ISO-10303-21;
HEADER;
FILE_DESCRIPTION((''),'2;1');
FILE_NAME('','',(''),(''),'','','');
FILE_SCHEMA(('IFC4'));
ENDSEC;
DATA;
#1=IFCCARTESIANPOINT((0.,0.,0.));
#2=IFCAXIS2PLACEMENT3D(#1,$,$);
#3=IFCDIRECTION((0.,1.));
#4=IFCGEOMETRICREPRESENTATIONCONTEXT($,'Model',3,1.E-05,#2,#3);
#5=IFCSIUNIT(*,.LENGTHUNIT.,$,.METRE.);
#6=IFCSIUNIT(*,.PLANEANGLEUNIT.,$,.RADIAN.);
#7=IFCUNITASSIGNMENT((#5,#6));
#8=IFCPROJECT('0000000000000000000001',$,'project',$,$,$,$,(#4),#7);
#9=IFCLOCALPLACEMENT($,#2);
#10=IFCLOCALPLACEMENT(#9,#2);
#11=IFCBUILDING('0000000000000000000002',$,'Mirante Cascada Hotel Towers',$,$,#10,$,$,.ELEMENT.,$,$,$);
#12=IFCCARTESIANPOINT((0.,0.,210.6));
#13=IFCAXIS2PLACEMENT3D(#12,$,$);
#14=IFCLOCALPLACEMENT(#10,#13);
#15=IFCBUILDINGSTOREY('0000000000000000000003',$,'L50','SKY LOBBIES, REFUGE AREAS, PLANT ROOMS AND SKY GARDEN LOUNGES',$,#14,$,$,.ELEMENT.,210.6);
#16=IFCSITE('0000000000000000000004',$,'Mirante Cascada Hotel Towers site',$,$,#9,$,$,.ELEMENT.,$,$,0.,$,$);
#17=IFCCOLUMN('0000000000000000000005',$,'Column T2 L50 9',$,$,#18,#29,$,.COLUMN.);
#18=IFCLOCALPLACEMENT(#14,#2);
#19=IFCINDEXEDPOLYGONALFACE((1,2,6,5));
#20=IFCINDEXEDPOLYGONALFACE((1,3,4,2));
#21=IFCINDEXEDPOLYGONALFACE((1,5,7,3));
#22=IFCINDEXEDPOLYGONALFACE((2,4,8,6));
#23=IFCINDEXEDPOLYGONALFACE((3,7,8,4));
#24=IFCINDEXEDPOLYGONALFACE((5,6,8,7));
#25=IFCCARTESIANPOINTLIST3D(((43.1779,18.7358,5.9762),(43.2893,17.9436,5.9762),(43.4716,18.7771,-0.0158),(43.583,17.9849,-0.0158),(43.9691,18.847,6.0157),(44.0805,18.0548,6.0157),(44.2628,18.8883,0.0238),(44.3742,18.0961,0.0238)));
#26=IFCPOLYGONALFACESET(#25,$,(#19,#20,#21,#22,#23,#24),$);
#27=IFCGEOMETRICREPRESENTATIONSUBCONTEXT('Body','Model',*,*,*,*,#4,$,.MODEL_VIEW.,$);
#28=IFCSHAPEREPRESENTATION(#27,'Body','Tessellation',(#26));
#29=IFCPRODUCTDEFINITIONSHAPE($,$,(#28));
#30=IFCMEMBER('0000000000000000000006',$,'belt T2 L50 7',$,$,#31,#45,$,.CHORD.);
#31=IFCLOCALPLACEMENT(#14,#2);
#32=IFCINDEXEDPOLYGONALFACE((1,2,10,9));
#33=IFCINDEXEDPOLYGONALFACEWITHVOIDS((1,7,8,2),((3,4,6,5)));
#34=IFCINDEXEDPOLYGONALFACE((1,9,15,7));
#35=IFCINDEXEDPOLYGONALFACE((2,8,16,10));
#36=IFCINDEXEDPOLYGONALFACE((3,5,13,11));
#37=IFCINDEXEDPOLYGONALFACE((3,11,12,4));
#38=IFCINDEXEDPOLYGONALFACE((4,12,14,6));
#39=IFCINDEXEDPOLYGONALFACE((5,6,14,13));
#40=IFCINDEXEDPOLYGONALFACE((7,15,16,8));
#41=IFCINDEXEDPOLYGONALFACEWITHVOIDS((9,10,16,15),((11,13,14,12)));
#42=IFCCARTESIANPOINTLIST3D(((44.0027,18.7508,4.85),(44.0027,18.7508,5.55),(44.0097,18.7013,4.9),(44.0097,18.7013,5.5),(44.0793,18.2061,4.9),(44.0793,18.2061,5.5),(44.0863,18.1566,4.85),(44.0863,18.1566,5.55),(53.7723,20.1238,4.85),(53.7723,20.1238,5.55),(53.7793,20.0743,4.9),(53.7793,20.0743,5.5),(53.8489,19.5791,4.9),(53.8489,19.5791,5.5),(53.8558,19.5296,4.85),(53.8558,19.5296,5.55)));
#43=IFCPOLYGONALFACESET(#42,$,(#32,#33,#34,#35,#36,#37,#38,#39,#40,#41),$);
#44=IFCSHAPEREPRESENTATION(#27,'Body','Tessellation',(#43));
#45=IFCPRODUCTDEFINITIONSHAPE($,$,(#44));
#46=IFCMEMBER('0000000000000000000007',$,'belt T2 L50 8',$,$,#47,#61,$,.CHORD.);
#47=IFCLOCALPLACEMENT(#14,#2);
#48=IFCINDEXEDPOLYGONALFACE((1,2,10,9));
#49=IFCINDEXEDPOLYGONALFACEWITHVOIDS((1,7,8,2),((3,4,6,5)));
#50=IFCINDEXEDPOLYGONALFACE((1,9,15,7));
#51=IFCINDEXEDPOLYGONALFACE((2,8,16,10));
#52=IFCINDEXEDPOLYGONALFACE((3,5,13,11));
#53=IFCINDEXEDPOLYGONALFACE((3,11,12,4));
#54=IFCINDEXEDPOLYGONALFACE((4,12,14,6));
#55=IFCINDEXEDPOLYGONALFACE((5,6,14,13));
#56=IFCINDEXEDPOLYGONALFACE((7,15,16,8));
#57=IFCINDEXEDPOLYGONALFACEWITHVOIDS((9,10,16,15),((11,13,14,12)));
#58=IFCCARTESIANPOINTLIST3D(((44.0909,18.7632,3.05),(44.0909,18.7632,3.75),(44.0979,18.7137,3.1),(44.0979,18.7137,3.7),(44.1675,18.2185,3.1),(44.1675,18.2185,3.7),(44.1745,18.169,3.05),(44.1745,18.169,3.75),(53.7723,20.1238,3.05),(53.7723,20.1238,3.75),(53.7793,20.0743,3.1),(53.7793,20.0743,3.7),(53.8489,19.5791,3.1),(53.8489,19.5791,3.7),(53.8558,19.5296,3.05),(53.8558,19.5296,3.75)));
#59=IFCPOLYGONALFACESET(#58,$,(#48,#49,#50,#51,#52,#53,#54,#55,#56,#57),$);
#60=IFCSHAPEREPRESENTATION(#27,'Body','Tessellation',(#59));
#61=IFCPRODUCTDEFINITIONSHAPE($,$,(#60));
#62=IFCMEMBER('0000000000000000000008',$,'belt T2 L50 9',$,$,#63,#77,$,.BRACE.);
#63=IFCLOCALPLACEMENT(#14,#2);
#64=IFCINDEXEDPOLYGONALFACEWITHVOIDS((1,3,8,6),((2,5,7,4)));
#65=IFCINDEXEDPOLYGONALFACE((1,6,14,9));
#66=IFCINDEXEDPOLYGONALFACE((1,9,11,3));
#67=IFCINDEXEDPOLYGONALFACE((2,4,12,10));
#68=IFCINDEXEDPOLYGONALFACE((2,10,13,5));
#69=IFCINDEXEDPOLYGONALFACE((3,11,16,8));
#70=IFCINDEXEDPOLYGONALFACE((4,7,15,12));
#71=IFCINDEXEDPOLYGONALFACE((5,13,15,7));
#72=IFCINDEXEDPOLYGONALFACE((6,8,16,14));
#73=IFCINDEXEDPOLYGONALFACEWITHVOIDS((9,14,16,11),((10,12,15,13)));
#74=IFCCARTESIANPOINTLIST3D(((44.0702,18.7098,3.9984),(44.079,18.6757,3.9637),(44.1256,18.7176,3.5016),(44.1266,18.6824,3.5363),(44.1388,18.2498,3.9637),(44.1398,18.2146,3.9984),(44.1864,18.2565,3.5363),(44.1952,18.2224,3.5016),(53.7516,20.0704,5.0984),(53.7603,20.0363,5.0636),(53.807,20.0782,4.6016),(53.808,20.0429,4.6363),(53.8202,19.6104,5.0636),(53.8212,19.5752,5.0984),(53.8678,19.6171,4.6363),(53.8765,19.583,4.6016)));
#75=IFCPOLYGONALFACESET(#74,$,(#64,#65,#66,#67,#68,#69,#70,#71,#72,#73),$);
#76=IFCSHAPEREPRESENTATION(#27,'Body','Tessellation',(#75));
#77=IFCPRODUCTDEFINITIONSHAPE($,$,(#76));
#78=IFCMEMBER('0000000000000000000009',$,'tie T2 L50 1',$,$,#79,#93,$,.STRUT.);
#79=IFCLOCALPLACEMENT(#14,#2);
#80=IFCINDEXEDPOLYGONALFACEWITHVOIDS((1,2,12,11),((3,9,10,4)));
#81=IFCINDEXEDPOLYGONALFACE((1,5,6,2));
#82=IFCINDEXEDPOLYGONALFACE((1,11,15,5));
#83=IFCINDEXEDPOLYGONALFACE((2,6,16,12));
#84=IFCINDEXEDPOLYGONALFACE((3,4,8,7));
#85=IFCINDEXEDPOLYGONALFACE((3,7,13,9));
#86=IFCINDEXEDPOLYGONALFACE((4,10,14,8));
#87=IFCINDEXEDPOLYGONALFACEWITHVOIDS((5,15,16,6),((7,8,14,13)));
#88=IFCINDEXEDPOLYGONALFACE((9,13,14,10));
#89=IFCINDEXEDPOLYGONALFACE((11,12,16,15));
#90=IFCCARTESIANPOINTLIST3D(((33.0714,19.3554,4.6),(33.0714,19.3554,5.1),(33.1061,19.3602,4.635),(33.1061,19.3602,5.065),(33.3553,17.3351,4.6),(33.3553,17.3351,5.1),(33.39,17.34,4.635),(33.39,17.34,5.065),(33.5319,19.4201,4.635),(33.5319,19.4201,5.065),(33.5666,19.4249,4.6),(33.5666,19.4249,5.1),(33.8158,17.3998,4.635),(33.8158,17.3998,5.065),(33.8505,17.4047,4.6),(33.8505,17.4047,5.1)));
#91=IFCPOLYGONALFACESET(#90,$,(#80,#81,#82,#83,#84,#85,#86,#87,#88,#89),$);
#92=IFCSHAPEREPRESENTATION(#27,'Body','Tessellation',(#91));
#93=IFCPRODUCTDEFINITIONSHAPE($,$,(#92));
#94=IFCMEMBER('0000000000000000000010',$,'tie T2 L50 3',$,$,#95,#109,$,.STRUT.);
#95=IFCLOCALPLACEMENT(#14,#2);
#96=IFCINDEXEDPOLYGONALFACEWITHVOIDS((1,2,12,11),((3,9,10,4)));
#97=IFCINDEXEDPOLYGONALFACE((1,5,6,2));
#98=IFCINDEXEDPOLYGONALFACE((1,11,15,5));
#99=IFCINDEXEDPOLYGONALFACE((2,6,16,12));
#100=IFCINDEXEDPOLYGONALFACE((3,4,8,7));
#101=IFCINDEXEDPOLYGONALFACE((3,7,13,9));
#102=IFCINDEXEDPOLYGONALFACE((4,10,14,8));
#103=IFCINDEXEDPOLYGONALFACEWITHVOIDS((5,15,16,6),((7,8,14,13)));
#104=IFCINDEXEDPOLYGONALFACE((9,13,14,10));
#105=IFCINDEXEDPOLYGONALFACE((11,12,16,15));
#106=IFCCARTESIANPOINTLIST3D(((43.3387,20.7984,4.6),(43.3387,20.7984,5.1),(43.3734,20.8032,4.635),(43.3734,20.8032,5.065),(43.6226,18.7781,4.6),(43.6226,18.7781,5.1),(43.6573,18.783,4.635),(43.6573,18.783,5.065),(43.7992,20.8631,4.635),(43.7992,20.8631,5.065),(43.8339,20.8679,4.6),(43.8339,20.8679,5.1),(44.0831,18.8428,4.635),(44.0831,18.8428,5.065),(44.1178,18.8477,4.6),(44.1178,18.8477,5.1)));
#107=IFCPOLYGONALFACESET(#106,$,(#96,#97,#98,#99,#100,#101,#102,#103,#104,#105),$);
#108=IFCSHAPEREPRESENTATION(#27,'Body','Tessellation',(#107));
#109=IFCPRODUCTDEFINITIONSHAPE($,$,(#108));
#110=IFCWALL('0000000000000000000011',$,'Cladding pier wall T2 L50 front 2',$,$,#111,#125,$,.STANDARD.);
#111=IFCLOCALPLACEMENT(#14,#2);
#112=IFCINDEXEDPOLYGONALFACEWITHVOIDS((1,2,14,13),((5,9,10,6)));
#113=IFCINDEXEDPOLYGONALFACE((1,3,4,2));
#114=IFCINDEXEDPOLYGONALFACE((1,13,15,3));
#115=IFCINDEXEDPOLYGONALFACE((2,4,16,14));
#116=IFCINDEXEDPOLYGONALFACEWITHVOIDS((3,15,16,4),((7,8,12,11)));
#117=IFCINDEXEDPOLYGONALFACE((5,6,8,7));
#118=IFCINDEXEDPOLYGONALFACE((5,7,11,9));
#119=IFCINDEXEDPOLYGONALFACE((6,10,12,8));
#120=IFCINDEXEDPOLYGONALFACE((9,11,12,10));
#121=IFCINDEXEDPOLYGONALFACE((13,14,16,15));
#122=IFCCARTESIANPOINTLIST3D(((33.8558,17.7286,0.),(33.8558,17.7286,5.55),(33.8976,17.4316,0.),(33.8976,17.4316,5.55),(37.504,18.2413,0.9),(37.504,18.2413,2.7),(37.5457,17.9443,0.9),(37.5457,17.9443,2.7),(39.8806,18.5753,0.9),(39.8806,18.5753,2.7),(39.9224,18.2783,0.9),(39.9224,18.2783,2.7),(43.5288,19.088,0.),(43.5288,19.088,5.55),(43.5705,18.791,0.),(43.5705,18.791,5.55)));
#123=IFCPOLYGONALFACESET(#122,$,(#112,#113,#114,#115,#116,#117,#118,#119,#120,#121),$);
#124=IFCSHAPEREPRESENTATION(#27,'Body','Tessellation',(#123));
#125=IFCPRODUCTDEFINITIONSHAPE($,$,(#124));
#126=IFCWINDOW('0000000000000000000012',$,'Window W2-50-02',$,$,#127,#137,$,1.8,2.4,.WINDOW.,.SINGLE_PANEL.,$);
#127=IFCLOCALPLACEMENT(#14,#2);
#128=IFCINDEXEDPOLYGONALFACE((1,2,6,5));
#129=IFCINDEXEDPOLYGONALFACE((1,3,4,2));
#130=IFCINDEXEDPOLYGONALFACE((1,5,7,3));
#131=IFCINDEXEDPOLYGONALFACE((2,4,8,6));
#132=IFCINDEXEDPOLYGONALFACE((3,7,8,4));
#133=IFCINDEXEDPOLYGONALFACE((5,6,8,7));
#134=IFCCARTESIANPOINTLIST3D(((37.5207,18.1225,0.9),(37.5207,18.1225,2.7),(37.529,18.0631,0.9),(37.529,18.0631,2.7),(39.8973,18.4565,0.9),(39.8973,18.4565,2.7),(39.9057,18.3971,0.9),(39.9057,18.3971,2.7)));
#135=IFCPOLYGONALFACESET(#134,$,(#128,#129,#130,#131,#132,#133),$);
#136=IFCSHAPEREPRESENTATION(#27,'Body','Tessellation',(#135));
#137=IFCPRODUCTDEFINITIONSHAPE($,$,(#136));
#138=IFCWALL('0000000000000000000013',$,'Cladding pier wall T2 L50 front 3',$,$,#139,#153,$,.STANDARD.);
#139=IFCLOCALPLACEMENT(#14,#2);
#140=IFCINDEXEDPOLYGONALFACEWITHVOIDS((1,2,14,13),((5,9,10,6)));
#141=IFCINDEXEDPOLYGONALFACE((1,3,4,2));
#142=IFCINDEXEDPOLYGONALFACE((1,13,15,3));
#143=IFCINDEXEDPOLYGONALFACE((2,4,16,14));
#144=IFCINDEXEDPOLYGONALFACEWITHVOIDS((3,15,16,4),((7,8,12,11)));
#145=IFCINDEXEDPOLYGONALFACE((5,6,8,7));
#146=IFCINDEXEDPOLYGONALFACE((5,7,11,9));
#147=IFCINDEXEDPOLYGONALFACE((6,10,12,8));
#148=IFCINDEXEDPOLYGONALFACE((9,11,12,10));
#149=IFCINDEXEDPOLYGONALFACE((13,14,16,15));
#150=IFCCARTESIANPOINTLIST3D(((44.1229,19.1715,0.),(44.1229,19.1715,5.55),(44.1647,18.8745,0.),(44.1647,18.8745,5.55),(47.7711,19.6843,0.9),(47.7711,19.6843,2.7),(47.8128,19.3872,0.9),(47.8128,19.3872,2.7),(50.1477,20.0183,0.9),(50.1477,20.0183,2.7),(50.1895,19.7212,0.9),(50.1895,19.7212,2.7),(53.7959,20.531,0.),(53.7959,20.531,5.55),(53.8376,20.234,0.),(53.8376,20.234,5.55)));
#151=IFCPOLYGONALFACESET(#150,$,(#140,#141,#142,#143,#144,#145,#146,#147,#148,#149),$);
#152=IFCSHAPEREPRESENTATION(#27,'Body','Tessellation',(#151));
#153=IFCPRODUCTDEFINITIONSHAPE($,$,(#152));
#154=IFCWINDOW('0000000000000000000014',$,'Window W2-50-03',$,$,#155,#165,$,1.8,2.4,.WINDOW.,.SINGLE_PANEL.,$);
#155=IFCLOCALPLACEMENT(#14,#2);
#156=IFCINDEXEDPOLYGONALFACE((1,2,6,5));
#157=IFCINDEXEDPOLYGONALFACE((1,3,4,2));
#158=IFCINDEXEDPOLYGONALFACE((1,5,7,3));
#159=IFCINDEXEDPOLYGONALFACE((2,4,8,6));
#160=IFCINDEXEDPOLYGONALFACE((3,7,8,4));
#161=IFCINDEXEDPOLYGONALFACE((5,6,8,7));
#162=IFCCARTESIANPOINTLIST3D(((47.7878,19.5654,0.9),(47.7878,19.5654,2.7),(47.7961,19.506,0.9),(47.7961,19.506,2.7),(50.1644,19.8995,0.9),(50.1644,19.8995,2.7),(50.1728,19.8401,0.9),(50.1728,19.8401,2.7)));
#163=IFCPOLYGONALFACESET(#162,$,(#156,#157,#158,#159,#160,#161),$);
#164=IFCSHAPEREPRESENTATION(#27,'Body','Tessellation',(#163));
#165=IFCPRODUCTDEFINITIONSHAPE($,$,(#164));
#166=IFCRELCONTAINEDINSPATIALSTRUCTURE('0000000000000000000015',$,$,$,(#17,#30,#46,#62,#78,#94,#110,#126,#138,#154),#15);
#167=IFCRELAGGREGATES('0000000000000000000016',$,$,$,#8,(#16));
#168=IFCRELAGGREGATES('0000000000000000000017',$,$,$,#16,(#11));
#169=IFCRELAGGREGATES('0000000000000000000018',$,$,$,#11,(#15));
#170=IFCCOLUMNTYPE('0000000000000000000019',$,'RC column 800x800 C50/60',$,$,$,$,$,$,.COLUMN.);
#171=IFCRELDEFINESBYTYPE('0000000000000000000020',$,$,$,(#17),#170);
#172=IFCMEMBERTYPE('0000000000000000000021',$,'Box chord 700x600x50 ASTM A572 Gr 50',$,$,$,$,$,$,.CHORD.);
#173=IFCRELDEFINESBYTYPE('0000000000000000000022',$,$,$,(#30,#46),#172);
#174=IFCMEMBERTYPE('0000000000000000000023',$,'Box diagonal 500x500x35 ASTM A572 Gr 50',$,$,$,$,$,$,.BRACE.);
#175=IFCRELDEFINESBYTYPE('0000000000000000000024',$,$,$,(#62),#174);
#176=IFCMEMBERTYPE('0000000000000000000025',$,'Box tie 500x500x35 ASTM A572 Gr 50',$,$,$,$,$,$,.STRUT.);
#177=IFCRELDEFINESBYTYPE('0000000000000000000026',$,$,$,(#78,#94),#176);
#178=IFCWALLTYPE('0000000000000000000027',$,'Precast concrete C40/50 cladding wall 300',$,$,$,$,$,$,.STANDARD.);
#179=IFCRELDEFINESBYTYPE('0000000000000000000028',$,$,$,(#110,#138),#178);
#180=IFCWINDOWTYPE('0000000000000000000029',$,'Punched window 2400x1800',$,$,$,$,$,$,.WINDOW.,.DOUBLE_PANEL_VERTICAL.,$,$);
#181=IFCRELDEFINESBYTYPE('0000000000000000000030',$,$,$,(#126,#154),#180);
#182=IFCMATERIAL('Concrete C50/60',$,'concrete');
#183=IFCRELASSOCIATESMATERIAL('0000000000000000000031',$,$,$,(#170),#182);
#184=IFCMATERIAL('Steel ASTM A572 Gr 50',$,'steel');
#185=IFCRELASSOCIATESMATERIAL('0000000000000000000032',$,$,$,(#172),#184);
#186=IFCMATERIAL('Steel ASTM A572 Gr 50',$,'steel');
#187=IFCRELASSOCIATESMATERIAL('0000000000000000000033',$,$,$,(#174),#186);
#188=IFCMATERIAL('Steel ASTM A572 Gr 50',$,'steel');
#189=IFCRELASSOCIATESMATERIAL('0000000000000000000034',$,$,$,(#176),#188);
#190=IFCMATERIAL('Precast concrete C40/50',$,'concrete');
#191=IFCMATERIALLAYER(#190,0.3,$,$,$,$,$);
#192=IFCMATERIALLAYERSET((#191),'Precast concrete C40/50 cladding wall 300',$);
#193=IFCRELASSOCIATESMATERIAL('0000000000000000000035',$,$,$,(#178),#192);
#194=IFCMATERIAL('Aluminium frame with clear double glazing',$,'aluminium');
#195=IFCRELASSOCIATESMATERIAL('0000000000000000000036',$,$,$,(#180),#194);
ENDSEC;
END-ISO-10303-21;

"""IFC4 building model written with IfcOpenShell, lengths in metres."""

from ifc_helpers import new_model, si_unit, direction, frame, frame_2d, origin, origin_2d, place, context, subcontext, project, spatial, rectangle, hollow_rectangle, extrude, material, layer, layer_set, material_profile, profile_set, type_object, element, fill, save


model = new_model("IFC4")

# Units and contexts
model_context = context("Model", 3, precision=1e-05, world=origin(), true_north=direction((0.0, 1.0)))
body_context = subcontext(model_context, "Body", "Model", "MODEL_VIEW")
ifc_project = project(units=[si_unit("LENGTHUNIT", "METRE"), si_unit("PLANEANGLEUNIT", "RADIAN")], contexts=[model_context])

# Site, building, storey
site_placement = place(None, origin())
site = spatial("IfcSite", under=ifc_project, at=site_placement, Name="Mirante Cascada Hotel Towers site", CompositionType="ELEMENT", RefElevation=0.0)
building_placement = place(site_placement, origin())
building = spatial("IfcBuilding", under=site, at=building_placement, Name="Mirante Cascada Hotel Towers", CompositionType="ELEMENT")
storey_placement = place(building_placement, frame((0.0, 0.0, 210.6)))
storey = spatial("IfcBuildingStorey", under=building, at=storey_placement, Name="L50", Description="SKY LOBBIES, REFUGE AREAS, PLANT ROOMS AND SKY GARDEN LOUNGES", CompositionType="ELEMENT", Elevation=210.6)

# Column
ifc_material_1 = material(Name="Concrete C50/60", Category="concrete")
ifc_material_profile_1 = material_profile(ifc_material_1, rectangle(XDim=0.8, YDim=0.8, at=origin_2d()), Name="RC column 800x800 C50/60")
ifc_profile_set_1 = profile_set([ifc_material_profile_1], Name="Concrete C50/60")
column_type = type_object("IfcColumnType", Name="RC column 800x800 C50/60", PredefinedType="COLUMN", material=ifc_profile_set_1)
column_placement = place(storey_placement, frame((43.9229, 18.4366, 0.004), z_axis=(-0.048955, -0.006884, 0.998777), x_axis=(0.13925, -0.990257, 0.0)))
element("IfcColumn", 1, at=column_placement, inside=storey, type_object=column_type, Name="Column T2 L50 9", PredefinedType="COLUMN", context=body_context, shape_type="SweptSolid", body=[
    extrude(rectangle(XDim=0.8, YDim=0.8, at=origin_2d()), origin(), (0.0, 0.0, 1.0), 5.9993),
])

# Members
ifc_material_2 = material(Name="Steel ASTM A572 Gr 50", Category="steel")
ifc_material_profile_2 = material_profile(ifc_material_2, hollow_rectangle(XDim=0.6, YDim=0.7, WallThickness=0.05, at=origin_2d()), Name="Box chord 700x600x50 ASTM A572 Gr 50")
ifc_profile_set_2 = profile_set([ifc_material_profile_2], Name="Steel ASTM A572 Gr 50")
member_type_1 = type_object("IfcMemberType", Name="Box chord 700x600x50 ASTM A572 Gr 50", PredefinedType="CHORD", material=ifc_profile_set_2)
member_1_placement = place(storey_placement, frame((44.0445, 18.4537, 5.2), z_axis=(0.990268, 0.13917, 0.0), x_axis=(-0.13917, 0.990268, 0.0)))
element("IfcMember", 2, at=member_1_placement, inside=storey, type_object=member_type_1, Name="belt T2 L50 7", PredefinedType="CHORD", context=body_context, shape_type="SweptSolid", body=[
    extrude(hollow_rectangle(XDim=0.6, YDim=0.7, WallThickness=0.05, at=origin_2d()), origin(), (0.0, 0.0, 1.0), 9.8656),
])
member_2_placement = place(storey_placement, frame((44.1327, 18.4661, 3.4), z_axis=(0.990268, 0.13917, 0.0), x_axis=(-0.13917, 0.990268, 0.0)))
element("IfcMember", 3, at=member_2_placement, inside=storey, type_object=member_type_1, Name="belt T2 L50 8", PredefinedType="CHORD", context=body_context, shape_type="SweptSolid", body=[
    extrude(hollow_rectangle(XDim=0.6, YDim=0.7, WallThickness=0.05, at=origin_2d()), origin(), (0.0, 0.0, 1.0), 9.7765),
])
ifc_material_3 = material(Name="Steel ASTM A572 Gr 50", Category="steel")
ifc_material_profile_3 = material_profile(ifc_material_3, hollow_rectangle(XDim=0.5, YDim=0.5, WallThickness=0.035, at=origin_2d()), Name="Box diagonal 500x500x35 ASTM A572 Gr 50")
ifc_profile_set_3 = profile_set([ifc_material_profile_3], Name="Steel ASTM A572 Gr 50")
member_type_2 = type_object("IfcMemberType", Name="Box diagonal 500x500x35 ASTM A572 Gr 50", PredefinedType="BRACE", material=ifc_profile_set_3)
member_3_placement = place(storey_placement, frame((44.1327, 18.4661, 3.75), z_axis=(0.984059, 0.138297, 0.111809), x_axis=(-0.13917, 0.990268, 0.0)))
element("IfcMember", 4, at=member_3_placement, inside=storey, type_object=member_type_2, Name="belt T2 L50 9", PredefinedType="BRACE", context=body_context, shape_type="SweptSolid", body=[
    extrude(hollow_rectangle(XDim=0.5, YDim=0.5, WallThickness=0.035, at=origin_2d()), origin(), (0.0, 0.0, 1.0), 9.8382),
])
ifc_material_4 = material(Name="Steel ASTM A572 Gr 50", Category="steel")
ifc_material_profile_4 = material_profile(ifc_material_4, hollow_rectangle(XDim=0.5, YDim=0.5, WallThickness=0.035, at=origin_2d()), Name="Box tie 500x500x35 ASTM A572 Gr 50")
ifc_profile_set_4 = profile_set([ifc_material_profile_4], Name="Steel ASTM A572 Gr 50")
member_type_3 = type_object("IfcMemberType", Name="Box tie 500x500x35 ASTM A572 Gr 50", PredefinedType="STRUT", material=ifc_profile_set_4)
for number, where, z_axis, x_axis, name in (
    (5, (33.6029, 17.3699, 4.85), (-0.139163, 0.99027, 0.0), (-0.99027, -0.139163, 0.0), "tie T2 L50 1"),
    (6, (43.8702, 18.8129, 4.85), (-0.139163, 0.99027, 0.0), (-0.99027, -0.139163, 0.0), "tie T2 L50 3"),
):
    element("IfcMember", number, at=place(storey_placement, frame(where, z_axis=z_axis, x_axis=x_axis)), inside=storey, type_object=member_type_3, Name=name, PredefinedType="STRUT", context=body_context, shape_type="SweptSolid", body=[
        extrude(hollow_rectangle(XDim=0.5, YDim=0.5, WallThickness=0.035, at=origin_2d()), origin(), (0.0, 0.0, 1.0), 2.0401),
    ])

# Walls, openings, windows
ifc_material_5 = material(Name="Precast concrete C40/50", Category="concrete")
ifc_layer = layer(ifc_material_5, 0.3)
ifc_layer_set = layer_set([ifc_layer], Name="Precast concrete C40/50 cladding wall 300")
wall_type = type_object("IfcWallType", Name="Precast concrete C40/50 cladding wall 300", PredefinedType="STANDARD", material=ifc_layer_set)
wall_1_placement = place(storey_placement, frame((33.8767, 17.5801, 0.0), z_axis=(0.0, 0.0, 1.0), x_axis=(0.990269, 0.139169, 0.0)))
wall_1 = element("IfcWall", 7, at=wall_1_placement, inside=storey, type_object=wall_type, Name="Cladding pier wall T2 L50 front 2", PredefinedType="STANDARD", context=body_context, shape_type="SweptSolid", body=[
    extrude(rectangle(XDim=9.768, YDim=0.3, at=frame_2d((4.884, 0.0))), origin(), (0.0, 0.0, 1.0), 5.55),
])
opening_1_placement = place(wall_1_placement, frame((3.684, 0.0, 0.9)))
opening_1 = element("IfcOpeningElement", 8, at=opening_1_placement, cuts=wall_1, PredefinedType="OPENING", context=body_context, shape_type="SweptSolid", body=[
    extrude(rectangle(XDim=2.4, YDim=1.8, at=frame_2d((1.2, 0.9))), frame((0.0, 0.15, 0.0), z_axis=(0.0, -1.0, 0.0), x_axis=(1.0, 0.0, 0.0)), (0.0, 0.0, 1.0), 0.3),
])
ifc_material_6 = material(Name="Aluminium frame with clear double glazing", Category="aluminium")
window_type = type_object("IfcWindowType", Name="Punched window 2400x1800", PartitioningType="DOUBLE_PANEL_VERTICAL", PredefinedType="WINDOW", material=ifc_material_6)
window_1_placement = place(opening_1_placement, origin())
window_1 = element("IfcWindow", 9, at=window_1_placement, inside=storey, type_object=window_type, Name="Window W2-50-02", OverallHeight=1.8, OverallWidth=2.4, PartitioningType="SINGLE_PANEL", PredefinedType="WINDOW", context=body_context, shape_type="SweptSolid", body=[
    extrude(rectangle(XDim=2.4, YDim=1.8, at=frame_2d((1.2, 0.9))), frame((0.0, 0.03, 0.0), z_axis=(0.0, -1.0, 0.0), x_axis=(1.0, 0.0, 0.0)), (0.0, 0.0, 1.0), 0.06),
])
fill(opening_1, window_1)
wall_2_placement = place(storey_placement, frame((44.1438, 19.023, 0.0), z_axis=(0.0, 0.0, 1.0), x_axis=(0.990267, 0.139179, 0.0)))
wall_2 = element("IfcWall", 10, at=wall_2_placement, inside=storey, type_object=wall_type, Name="Cladding pier wall T2 L50 front 3", PredefinedType="STANDARD", context=body_context, shape_type="SweptSolid", body=[
    extrude(rectangle(XDim=9.768, YDim=0.3, at=frame_2d((4.884, 0.0))), origin(), (0.0, 0.0, 1.0), 5.55),
])
opening_2_placement = place(wall_2_placement, frame((3.684, 0.0, 0.9)))
opening_2 = element("IfcOpeningElement", 11, at=opening_2_placement, cuts=wall_2, PredefinedType="OPENING", context=body_context, shape_type="SweptSolid", body=[
    extrude(rectangle(XDim=2.4, YDim=1.8, at=frame_2d((1.2, 0.9))), frame((0.0, 0.15, 0.0), z_axis=(0.0, -1.0, 0.0), x_axis=(1.0, 0.0, 0.0)), (0.0, 0.0, 1.0), 0.3),
])
window_2_placement = place(opening_2_placement, origin())
window_2 = element("IfcWindow", 12, at=window_2_placement, inside=storey, type_object=window_type, Name="Window W2-50-03", OverallHeight=1.8, OverallWidth=2.4, PartitioningType="SINGLE_PANEL", PredefinedType="WINDOW", context=body_context, shape_type="SweptSolid", body=[
    extrude(rectangle(XDim=2.4, YDim=1.8, at=frame_2d((1.2, 0.9))), frame((0.0, 0.03, 0.0), z_axis=(0.0, -1.0, 0.0), x_axis=(1.0, 0.0, 0.0)), (0.0, 0.0, 1.0), 0.06),
])
fill(opening_2, window_2)

save(model, "model.ifc")
